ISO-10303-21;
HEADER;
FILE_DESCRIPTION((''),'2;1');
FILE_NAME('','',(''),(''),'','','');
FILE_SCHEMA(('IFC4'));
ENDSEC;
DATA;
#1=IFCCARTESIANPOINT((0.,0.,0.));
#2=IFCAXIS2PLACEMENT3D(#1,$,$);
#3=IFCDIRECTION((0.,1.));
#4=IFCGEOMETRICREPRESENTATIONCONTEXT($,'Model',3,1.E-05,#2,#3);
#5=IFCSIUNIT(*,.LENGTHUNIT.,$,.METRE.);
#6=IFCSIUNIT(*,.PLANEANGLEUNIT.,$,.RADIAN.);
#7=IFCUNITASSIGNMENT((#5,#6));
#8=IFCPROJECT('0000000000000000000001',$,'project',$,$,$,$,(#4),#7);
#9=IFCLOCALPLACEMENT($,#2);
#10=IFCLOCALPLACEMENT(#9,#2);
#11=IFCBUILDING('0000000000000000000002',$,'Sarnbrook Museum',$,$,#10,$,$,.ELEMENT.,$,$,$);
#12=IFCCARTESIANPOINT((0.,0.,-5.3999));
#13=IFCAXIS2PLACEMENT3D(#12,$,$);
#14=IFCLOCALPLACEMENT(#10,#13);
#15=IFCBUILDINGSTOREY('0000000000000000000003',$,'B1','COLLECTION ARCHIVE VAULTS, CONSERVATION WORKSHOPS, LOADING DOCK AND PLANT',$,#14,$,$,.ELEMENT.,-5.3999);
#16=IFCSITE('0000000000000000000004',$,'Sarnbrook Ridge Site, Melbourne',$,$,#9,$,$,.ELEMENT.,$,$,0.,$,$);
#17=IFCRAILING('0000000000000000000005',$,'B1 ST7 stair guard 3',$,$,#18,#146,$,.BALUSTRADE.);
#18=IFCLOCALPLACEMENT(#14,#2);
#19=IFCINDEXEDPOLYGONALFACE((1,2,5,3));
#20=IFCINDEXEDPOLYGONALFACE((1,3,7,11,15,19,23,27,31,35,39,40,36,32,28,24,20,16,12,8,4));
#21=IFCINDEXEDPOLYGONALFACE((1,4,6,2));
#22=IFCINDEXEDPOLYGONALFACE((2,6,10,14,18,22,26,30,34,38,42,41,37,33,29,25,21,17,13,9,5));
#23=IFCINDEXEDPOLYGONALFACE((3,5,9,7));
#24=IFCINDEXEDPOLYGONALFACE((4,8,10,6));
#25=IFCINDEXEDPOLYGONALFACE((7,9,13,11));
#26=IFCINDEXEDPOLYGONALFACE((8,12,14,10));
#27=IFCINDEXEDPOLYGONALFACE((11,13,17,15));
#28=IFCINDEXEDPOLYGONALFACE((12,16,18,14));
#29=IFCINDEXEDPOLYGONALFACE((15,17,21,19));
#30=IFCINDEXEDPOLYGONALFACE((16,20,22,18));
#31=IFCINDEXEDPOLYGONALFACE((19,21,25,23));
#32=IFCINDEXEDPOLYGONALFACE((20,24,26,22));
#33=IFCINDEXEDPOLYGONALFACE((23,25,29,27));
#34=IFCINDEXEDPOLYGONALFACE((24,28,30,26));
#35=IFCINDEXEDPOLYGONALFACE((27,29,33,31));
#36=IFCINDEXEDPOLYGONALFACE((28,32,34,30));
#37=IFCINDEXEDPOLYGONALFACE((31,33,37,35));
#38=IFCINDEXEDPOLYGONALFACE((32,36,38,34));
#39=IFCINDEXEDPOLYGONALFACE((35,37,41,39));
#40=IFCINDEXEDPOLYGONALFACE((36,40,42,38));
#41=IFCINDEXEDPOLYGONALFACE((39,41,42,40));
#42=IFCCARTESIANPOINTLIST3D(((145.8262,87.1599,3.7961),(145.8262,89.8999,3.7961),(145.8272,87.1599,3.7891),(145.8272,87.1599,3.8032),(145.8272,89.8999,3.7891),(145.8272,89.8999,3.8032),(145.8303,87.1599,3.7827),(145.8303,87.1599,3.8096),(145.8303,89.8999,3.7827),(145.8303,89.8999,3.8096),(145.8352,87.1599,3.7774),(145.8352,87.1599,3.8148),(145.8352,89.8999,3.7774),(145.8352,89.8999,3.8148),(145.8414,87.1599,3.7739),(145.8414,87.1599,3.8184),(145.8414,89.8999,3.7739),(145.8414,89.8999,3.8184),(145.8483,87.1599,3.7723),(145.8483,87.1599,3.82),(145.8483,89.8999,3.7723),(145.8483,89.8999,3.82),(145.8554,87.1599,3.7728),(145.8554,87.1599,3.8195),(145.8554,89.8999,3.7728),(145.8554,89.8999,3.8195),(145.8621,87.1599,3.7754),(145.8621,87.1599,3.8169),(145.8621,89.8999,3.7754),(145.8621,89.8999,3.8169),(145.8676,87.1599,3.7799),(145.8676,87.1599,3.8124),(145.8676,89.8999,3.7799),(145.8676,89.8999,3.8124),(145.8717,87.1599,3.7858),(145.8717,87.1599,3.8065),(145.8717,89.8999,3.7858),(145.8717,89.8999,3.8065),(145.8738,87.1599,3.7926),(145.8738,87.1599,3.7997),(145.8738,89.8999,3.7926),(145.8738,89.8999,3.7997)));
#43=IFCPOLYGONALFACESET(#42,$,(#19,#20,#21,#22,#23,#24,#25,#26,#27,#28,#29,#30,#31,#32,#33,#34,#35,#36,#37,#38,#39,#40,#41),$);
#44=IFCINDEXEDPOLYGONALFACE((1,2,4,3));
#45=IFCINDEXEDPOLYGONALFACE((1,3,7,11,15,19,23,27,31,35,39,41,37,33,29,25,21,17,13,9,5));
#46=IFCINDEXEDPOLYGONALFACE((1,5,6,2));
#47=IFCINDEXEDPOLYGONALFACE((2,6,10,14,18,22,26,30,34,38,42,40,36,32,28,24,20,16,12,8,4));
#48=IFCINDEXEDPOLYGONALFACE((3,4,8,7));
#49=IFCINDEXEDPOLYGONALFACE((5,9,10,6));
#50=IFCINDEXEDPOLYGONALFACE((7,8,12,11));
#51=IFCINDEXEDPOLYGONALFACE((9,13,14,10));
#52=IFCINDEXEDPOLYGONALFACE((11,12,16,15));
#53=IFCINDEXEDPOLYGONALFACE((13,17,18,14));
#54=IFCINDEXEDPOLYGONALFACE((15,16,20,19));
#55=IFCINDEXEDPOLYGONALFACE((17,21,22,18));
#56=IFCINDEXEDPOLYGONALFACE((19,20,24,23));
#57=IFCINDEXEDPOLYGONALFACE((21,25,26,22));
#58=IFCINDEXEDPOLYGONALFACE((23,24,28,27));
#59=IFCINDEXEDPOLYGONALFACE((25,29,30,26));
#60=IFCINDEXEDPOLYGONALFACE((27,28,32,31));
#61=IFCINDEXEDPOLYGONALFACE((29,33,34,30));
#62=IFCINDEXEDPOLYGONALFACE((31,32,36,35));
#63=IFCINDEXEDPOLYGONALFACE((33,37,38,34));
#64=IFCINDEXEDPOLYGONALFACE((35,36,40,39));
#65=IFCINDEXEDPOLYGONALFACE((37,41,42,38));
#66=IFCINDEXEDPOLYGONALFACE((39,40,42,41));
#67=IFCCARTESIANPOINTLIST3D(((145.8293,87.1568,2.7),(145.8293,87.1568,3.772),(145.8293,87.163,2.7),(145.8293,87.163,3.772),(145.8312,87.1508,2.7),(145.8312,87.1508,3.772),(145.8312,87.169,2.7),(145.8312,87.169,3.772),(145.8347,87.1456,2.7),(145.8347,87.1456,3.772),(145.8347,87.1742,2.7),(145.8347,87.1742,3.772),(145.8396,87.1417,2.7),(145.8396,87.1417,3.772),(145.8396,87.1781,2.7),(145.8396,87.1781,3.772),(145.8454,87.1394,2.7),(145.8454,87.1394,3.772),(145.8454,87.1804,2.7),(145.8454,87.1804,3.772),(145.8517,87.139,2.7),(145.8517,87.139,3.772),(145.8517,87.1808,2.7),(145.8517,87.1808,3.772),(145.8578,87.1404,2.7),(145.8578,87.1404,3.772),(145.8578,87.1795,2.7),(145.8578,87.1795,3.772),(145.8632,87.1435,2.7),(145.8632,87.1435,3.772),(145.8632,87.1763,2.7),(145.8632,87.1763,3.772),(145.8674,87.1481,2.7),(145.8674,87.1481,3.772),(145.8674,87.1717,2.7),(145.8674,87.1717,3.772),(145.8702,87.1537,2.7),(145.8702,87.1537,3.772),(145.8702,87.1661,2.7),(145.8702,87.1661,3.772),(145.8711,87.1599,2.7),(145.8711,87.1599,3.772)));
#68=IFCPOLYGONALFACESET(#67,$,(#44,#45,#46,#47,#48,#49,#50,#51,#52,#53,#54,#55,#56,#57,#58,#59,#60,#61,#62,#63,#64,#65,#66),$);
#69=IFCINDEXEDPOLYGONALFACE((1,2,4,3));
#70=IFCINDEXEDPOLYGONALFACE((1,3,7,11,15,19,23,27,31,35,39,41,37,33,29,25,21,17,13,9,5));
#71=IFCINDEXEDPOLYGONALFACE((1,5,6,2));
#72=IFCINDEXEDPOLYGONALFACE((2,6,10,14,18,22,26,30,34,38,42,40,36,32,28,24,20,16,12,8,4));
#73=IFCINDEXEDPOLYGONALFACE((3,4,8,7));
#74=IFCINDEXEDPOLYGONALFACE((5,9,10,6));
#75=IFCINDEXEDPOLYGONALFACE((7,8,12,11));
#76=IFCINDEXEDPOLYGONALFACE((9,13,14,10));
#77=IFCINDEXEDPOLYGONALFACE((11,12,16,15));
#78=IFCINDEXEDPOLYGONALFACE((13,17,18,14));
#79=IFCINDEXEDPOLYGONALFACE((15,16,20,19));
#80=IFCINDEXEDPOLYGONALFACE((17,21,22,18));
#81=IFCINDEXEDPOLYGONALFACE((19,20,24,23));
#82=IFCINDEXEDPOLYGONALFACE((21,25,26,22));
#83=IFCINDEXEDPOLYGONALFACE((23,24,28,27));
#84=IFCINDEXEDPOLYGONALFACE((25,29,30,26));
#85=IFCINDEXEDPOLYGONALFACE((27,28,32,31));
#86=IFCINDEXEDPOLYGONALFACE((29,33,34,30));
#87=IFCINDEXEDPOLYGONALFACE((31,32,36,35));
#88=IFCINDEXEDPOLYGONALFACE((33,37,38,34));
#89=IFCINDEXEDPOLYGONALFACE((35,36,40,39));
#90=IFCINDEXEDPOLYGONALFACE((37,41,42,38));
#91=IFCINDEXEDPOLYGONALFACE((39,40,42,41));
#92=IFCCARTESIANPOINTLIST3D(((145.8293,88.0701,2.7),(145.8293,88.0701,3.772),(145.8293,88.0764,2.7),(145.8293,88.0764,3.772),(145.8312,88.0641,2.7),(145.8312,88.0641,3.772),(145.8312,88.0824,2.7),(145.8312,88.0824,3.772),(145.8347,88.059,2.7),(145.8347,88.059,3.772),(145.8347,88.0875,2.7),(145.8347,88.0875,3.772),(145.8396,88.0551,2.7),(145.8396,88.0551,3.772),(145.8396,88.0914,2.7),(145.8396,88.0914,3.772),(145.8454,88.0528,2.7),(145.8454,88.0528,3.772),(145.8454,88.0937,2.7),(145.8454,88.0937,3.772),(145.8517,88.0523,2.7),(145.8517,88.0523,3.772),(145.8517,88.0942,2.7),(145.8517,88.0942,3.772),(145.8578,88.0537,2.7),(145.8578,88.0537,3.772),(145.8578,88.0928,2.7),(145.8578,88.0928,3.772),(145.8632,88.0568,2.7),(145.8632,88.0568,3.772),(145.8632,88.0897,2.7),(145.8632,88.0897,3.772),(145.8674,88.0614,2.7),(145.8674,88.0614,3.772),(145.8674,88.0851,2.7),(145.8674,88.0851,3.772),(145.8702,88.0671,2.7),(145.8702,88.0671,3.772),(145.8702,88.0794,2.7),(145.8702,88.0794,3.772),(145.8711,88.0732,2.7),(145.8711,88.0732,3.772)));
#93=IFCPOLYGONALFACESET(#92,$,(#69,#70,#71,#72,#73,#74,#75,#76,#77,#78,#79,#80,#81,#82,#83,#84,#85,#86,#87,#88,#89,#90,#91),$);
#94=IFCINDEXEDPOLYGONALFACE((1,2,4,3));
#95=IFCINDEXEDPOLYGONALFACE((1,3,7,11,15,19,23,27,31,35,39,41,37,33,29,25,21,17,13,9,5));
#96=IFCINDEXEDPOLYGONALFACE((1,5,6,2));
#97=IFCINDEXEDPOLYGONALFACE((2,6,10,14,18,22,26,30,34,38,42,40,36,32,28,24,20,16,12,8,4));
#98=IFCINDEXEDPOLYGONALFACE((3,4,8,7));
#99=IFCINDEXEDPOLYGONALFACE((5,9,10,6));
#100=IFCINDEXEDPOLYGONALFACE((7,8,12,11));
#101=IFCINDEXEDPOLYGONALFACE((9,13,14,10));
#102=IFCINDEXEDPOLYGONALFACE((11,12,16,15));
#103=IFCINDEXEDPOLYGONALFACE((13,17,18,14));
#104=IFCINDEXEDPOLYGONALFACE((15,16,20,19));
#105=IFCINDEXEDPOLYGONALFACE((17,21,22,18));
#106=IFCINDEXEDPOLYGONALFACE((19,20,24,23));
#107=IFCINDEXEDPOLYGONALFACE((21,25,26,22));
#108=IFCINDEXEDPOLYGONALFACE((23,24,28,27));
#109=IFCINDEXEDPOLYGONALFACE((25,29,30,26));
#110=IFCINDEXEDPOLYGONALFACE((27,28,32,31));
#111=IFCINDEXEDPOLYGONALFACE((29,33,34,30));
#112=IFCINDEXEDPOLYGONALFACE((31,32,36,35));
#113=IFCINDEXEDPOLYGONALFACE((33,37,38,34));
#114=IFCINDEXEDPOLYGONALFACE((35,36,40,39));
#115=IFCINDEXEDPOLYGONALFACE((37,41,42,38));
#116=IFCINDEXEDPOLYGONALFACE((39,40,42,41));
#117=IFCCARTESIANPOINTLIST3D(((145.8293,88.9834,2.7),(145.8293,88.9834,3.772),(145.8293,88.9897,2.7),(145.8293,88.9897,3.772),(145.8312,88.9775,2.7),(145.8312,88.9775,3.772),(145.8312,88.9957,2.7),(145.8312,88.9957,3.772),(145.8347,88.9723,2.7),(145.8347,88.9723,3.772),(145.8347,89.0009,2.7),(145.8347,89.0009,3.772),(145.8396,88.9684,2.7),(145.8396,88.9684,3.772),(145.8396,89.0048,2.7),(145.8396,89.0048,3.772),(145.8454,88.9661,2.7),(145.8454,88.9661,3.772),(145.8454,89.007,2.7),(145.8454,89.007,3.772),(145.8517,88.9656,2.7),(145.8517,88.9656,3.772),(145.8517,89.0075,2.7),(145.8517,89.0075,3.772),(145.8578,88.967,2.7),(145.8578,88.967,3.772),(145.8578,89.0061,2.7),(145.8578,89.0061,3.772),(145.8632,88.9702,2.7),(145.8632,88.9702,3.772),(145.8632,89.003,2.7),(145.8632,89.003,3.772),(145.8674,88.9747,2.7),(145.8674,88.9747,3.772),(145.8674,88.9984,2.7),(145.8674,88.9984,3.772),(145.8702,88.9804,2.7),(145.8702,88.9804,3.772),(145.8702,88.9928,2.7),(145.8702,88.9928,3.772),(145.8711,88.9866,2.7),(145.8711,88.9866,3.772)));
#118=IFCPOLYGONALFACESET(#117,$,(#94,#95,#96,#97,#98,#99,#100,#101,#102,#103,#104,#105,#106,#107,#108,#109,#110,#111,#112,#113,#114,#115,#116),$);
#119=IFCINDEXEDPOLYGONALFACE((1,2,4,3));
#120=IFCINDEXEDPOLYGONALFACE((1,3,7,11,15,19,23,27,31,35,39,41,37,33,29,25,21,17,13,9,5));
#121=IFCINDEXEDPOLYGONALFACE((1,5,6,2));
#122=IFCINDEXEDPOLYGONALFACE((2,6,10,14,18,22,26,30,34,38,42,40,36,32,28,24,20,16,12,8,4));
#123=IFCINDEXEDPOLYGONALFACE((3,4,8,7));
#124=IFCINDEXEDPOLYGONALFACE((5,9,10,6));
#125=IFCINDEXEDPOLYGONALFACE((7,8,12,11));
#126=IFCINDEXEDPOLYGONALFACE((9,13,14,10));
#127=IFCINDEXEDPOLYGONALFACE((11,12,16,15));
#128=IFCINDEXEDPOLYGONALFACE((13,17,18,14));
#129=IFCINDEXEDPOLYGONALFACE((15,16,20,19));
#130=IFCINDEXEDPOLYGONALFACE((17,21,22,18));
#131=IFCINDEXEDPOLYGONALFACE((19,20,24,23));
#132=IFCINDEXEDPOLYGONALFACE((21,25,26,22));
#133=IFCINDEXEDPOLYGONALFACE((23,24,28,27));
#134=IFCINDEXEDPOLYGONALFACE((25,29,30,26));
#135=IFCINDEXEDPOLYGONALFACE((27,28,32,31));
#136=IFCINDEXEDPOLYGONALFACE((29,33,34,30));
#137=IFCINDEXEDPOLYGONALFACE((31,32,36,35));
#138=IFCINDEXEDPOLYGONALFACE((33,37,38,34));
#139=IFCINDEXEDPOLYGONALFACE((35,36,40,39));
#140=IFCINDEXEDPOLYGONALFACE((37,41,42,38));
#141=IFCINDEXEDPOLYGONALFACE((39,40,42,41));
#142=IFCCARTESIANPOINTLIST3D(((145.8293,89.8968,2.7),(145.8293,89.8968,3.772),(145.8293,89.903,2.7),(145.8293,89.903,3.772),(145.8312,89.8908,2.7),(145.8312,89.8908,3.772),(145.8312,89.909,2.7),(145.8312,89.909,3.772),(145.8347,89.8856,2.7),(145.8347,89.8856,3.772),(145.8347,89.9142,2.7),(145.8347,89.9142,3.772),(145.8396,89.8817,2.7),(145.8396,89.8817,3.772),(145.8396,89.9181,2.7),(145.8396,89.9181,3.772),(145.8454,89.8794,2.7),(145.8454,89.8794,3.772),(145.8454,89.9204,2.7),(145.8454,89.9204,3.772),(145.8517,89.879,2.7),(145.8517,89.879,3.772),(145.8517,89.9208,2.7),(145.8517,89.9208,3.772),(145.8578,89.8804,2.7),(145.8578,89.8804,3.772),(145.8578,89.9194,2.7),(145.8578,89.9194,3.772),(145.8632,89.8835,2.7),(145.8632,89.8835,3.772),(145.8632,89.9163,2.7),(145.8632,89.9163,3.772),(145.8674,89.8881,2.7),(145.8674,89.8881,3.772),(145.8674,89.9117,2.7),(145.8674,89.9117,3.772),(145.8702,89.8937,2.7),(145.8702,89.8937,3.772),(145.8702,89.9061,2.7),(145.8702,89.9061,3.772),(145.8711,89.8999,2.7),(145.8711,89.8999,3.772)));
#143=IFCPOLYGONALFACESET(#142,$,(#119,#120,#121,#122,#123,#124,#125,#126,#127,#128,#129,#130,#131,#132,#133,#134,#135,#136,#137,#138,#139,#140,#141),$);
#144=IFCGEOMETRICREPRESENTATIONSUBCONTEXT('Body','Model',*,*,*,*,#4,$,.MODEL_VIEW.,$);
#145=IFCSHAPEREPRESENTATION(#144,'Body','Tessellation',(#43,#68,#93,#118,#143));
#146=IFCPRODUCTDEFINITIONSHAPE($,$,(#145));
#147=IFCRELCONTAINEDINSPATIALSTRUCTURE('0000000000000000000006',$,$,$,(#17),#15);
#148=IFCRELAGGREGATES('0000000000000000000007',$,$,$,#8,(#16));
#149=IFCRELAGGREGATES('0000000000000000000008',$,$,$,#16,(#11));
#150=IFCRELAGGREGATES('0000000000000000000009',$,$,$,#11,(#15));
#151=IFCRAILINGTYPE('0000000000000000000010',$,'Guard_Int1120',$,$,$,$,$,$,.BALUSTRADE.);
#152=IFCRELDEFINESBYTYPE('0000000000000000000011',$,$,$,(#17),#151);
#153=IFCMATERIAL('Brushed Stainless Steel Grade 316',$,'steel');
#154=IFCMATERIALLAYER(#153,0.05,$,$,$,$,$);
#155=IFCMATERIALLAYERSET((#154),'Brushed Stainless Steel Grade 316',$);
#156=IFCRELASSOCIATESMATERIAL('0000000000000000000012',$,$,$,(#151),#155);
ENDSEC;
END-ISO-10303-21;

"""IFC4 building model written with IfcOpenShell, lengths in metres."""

from ifc_helpers import new_model, si_unit, direction, frame, origin, origin_2d, place, context, subcontext, project, spatial, circle, extrude, material, layer, layer_set, type_object, element, save


model = new_model("IFC4")

# Units and contexts
model_context = context("Model", 3, precision=1e-05, world=origin(), true_north=direction((0.0, 1.0)))
body_context = subcontext(model_context, "Body", "Model", "MODEL_VIEW")
ifc_project = project(units=[si_unit("LENGTHUNIT", "METRE"), si_unit("PLANEANGLEUNIT", "RADIAN")], contexts=[model_context])

# Site, building, storey
site_placement = place(None, origin())
site = spatial("IfcSite", under=ifc_project, at=site_placement, Name="Sarnbrook Ridge Site, Melbourne", CompositionType="ELEMENT", RefElevation=0.0)
building_placement = place(site_placement, origin())
building = spatial("IfcBuilding", under=site, at=building_placement, Name="Sarnbrook Museum", CompositionType="ELEMENT")
storey_placement = place(building_placement, frame((0.0, 0.0, -5.3999)))
storey = spatial("IfcBuildingStorey", under=building, at=storey_placement, Name="B1", Description="COLLECTION ARCHIVE VAULTS, CONSERVATION WORKSHOPS, LOADING DOCK AND PLANT", CompositionType="ELEMENT", Elevation=-5.3999)

# Railing
ifc_material_1 = material(Name="Brushed Stainless Steel Grade 316", Category="steel")
ifc_layer_1 = layer(ifc_material_1, 0.05)
ifc_layer_set_1 = layer_set([ifc_layer_1], Name="Brushed Stainless Steel Grade 316")
railing_type_1 = type_object("IfcRailingType", Name="Guard_Int1120", PredefinedType="BALUSTRADE", material=ifc_layer_set_1)
for number, where, name in (
    (1, (145.8501, 87.1599, 2.7), "B1 ST7 stair guard 3"),
):
    element("IfcRailing", number, at=place(storey_placement, frame(where)), inside=storey, type_object=railing_type_1, Name=name, PredefinedType="BALUSTRADE", context=body_context, shape_type="SweptSolid", body=[
        extrude(circle(Radius=0.0239, at=origin_2d()), frame((0.0, 0.0, 1.0962), z_axis=(0.0, 1.0, 0.0), x_axis=(-1.0, 0.0, 0.0)), (0.0, 0.0, 1.0), 2.74),
        extrude(circle(Radius=0.021, at=origin_2d()), origin(), (0.0, 0.0, 1.0), 1.072),
        extrude(circle(Radius=0.021, at=origin_2d()), frame((0.0, 0.9133, 0.0)), (0.0, 0.0, 1.0), 1.072),
        extrude(circle(Radius=0.021, at=origin_2d()), frame((0.0, 1.8267, 0.0)), (0.0, 0.0, 1.0), 1.072),
        extrude(circle(Radius=0.021, at=origin_2d()), frame((0.0, 2.74, 0.0)), (0.0, 0.0, 1.0), 1.072),
    ])

save(model, "model.ifc")
